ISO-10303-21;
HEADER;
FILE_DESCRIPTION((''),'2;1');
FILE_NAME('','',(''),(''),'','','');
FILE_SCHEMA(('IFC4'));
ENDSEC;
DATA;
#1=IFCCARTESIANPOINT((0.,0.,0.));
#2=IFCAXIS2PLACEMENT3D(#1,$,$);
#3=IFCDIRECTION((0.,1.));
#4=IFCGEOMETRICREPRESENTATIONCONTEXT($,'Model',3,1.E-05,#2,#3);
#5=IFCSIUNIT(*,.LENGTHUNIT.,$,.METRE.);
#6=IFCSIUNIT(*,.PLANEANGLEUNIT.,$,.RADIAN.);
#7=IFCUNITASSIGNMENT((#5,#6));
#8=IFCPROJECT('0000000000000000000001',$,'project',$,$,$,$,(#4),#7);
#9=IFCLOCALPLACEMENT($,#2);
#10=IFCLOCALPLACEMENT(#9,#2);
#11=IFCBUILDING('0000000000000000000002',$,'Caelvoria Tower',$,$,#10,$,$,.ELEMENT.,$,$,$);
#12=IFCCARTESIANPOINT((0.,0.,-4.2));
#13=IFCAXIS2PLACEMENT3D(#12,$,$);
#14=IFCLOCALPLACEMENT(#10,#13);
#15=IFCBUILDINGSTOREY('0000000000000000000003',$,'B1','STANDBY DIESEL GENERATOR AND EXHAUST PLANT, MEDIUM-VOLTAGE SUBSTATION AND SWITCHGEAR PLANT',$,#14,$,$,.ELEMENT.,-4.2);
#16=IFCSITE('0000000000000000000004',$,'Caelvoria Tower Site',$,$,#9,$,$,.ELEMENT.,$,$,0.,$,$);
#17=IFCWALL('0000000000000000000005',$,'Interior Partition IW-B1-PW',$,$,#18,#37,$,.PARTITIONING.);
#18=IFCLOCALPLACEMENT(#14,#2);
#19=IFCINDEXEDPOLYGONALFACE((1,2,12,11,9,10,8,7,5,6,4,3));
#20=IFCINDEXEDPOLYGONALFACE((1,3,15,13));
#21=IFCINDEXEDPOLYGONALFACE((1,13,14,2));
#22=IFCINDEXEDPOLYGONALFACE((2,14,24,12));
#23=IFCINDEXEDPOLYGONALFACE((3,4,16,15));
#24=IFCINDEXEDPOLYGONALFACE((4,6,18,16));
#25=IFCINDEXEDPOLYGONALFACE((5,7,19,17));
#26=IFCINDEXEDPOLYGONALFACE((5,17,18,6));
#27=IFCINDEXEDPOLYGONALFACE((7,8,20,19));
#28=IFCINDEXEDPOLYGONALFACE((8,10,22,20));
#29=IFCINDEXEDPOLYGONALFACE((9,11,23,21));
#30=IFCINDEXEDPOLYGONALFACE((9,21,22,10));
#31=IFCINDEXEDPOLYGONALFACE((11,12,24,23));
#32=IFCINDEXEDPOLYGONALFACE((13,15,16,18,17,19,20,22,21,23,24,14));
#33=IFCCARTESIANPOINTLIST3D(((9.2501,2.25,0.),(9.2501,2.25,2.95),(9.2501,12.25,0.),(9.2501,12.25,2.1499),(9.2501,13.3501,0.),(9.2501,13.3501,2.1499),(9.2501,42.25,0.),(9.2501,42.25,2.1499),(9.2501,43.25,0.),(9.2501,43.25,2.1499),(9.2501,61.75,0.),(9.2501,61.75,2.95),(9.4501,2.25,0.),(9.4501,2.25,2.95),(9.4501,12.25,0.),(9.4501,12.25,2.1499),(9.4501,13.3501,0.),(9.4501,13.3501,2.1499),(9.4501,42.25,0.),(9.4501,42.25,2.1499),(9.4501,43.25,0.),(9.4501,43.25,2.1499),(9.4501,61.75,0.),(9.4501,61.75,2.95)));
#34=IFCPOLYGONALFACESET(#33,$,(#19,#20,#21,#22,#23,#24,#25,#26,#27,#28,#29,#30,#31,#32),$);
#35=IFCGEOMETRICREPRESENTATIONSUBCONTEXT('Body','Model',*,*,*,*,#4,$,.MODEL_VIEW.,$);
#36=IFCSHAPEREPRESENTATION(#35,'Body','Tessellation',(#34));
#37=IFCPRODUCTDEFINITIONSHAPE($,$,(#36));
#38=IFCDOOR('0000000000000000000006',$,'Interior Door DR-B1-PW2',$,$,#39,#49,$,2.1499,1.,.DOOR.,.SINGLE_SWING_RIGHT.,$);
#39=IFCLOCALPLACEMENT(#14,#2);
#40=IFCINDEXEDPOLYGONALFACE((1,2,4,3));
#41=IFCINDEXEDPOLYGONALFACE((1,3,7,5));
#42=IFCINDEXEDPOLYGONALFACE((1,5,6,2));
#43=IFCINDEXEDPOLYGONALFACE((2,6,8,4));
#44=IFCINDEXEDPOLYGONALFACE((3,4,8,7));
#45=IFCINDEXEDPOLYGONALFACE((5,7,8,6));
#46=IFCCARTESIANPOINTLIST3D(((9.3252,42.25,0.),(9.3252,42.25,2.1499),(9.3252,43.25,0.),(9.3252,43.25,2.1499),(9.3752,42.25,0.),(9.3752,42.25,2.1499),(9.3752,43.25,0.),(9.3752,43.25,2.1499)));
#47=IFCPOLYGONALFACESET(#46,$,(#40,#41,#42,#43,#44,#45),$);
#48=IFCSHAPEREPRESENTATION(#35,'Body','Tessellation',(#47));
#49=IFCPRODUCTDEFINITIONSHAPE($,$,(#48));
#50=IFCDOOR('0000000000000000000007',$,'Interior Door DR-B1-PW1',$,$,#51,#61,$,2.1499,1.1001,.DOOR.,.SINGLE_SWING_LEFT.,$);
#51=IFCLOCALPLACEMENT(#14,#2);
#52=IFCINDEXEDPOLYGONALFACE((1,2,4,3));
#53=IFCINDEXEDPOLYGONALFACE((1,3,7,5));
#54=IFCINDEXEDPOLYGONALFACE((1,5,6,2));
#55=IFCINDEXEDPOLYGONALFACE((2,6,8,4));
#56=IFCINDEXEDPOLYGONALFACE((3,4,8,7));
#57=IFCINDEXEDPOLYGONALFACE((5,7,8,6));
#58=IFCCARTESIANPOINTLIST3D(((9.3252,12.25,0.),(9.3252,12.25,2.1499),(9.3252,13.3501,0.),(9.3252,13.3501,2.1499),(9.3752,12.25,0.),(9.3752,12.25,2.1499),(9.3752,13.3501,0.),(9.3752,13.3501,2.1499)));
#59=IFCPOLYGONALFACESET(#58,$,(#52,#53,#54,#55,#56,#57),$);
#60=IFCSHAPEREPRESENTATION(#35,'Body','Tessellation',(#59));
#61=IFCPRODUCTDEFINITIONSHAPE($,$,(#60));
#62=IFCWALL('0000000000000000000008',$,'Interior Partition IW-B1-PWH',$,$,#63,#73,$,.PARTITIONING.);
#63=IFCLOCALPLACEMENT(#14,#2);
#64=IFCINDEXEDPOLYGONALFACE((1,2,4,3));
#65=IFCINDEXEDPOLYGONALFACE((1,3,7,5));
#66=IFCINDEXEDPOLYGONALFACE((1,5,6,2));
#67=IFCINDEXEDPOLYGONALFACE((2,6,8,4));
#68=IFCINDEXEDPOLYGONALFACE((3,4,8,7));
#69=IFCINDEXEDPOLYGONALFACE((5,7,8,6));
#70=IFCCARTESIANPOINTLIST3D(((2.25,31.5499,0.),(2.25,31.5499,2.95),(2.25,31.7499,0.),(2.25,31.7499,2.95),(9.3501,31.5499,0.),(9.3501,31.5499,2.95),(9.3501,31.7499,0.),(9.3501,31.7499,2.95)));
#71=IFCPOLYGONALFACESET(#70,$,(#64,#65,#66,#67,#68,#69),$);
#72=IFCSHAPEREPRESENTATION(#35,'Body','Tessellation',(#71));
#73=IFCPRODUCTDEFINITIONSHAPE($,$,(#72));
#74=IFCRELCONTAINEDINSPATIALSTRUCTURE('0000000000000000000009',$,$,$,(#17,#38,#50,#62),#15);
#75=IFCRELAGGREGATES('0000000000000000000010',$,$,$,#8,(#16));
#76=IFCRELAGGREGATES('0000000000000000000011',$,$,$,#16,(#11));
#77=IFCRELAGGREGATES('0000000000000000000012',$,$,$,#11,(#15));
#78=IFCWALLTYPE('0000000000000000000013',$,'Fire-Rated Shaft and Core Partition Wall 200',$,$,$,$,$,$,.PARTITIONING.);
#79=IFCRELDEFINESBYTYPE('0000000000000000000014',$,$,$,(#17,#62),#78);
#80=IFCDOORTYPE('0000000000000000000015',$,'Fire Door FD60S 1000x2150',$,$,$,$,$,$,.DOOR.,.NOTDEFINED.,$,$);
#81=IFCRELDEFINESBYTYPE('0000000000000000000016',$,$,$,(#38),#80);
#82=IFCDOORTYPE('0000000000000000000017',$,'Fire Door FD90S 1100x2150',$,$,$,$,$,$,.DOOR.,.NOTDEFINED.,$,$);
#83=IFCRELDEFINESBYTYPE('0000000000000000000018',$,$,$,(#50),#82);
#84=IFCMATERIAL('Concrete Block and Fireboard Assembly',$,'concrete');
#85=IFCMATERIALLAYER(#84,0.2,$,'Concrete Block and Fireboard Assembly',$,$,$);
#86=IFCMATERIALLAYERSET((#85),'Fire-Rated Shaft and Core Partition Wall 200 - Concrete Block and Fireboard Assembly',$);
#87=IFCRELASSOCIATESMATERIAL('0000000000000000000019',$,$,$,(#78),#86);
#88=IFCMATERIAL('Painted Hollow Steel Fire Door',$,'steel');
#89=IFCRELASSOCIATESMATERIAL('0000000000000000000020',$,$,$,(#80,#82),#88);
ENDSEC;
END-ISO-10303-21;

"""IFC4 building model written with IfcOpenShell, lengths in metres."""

from ifc_helpers import new_model, si_unit, direction, frame, frame_2d, origin, place, context, subcontext, project, spatial, rectangle, extrude, material, layer, layer_set, type_object, element, fill, save


model = new_model("IFC4")

# Units and contexts
model_context = context("Model", 3, precision=1e-05, world=origin(), true_north=direction((0.0, 1.0)))
body_context = subcontext(model_context, "Body", "Model", "MODEL_VIEW")
ifc_project = project(units=[si_unit("LENGTHUNIT", "METRE"), si_unit("PLANEANGLEUNIT", "RADIAN")], contexts=[model_context])

# Site, building, storey
site_placement = place(None, origin())
site = spatial("IfcSite", under=ifc_project, at=site_placement, Name="Caelvoria Tower Site", CompositionType="ELEMENT", RefElevation=0.0)
building_placement = place(site_placement, origin())
building = spatial("IfcBuilding", under=site, at=building_placement, Name="Caelvoria Tower", CompositionType="ELEMENT")
storey_placement = place(building_placement, frame((0.0, 0.0, -4.2)))
storey = spatial("IfcBuildingStorey", under=building, at=storey_placement, Name="B1", Description="STANDBY DIESEL GENERATOR AND EXHAUST PLANT, MEDIUM-VOLTAGE SUBSTATION AND SWITCHGEAR PLANT", CompositionType="ELEMENT", Elevation=-4.2)

# Wall, openings, doors
ifc_material_1 = material(Name="Concrete Block and Fireboard Assembly", Category="concrete")
ifc_layer_1 = layer(ifc_material_1, 0.2, Name="Concrete Block and Fireboard Assembly")
ifc_layer_set_1 = layer_set([ifc_layer_1], Name="Fire-Rated Shaft and Core Partition Wall 200 - Concrete Block and Fireboard Assembly")
wall_type_1 = type_object("IfcWallType", Name="Fire-Rated Shaft and Core Partition Wall 200", PredefinedType="PARTITIONING", material=ifc_layer_set_1)
wall_1_placement = place(storey_placement, frame((9.3501, 2.25, 0.0), z_axis=(0.0, 0.0, 1.0), x_axis=(0.0, 1.0, 0.0)))
wall_1 = element("IfcWall", 1, at=wall_1_placement, inside=storey, type_object=wall_type_1, Name="Interior Partition IW-B1-PW", PredefinedType="PARTITIONING", context=body_context, shape_type="SweptSolid", body=[
    extrude(rectangle(XDim=59.5, YDim=0.2, at=frame_2d((29.75, 0.0))), origin(), (0.0, 0.0, 1.0), 2.95),
])
opening_1_placement = place(wall_1_placement, frame((10.0, 0.0, 0.0)))
opening_1 = element("IfcOpeningElement", 2, at=opening_1_placement, cuts=wall_1, PredefinedType="OPENING", context=body_context, shape_type="SweptSolid", body=[
    extrude(rectangle(XDim=1.1001, YDim=2.1499, at=frame_2d((0.55, 1.075))), frame((0.0, 0.1099, 0.0), z_axis=(0.0, -1.0, 0.0), x_axis=(1.0, 0.0, 0.0)), (0.0, 0.0, 1.0), 0.22),
])
opening_2_placement = place(wall_1_placement, frame((40.0, 0.0, 0.0)))
opening_2 = element("IfcOpeningElement", 3, at=opening_2_placement, cuts=wall_1, PredefinedType="OPENING", context=body_context, shape_type="SweptSolid", body=[
    extrude(rectangle(XDim=1.0, YDim=2.1499, at=frame_2d((0.5, 1.075))), frame((0.0, 0.1099, 0.0), z_axis=(0.0, -1.0, 0.0), x_axis=(1.0, 0.0, 0.0)), (0.0, 0.0, 1.0), 0.22),
])
ifc_material_2 = material(Name="Painted Hollow Steel Fire Door", Category="steel")
door_type_1 = type_object("IfcDoorType", Name="Fire Door FD60S 1000x2150", OperationType="NOTDEFINED", PredefinedType="DOOR", material=ifc_material_2)
door_1_placement = place(opening_2_placement, origin())
door_1 = element("IfcDoor", 4, at=door_1_placement, inside=storey, type_object=door_type_1, Name="Interior Door DR-B1-PW2", OperationType="SINGLE_SWING_RIGHT", OverallHeight=2.1499, OverallWidth=1.0, PredefinedType="DOOR", context=body_context, shape_type="SweptSolid", body=[
    extrude(rectangle(XDim=1.0, YDim=2.1499, at=frame_2d((0.5, 1.075))), frame((0.0, 0.0249, 0.0), z_axis=(0.0, -1.0, 0.0), x_axis=(1.0, 0.0, 0.0)), (0.0, 0.0, 1.0), 0.05),
])
fill(opening_2, door_1)
door_type_2 = type_object("IfcDoorType", Name="Fire Door FD90S 1100x2150", OperationType="NOTDEFINED", PredefinedType="DOOR", material=ifc_material_2)
door_2_placement = place(opening_1_placement, origin())
door_2 = element("IfcDoor", 5, at=door_2_placement, inside=storey, type_object=door_type_2, Name="Interior Door DR-B1-PW1", OperationType="SINGLE_SWING_LEFT", OverallHeight=2.1499, OverallWidth=1.1001, PredefinedType="DOOR", context=body_context, shape_type="SweptSolid", body=[
    extrude(rectangle(XDim=1.1001, YDim=2.1499, at=frame_2d((0.55, 1.075))), frame((0.0, 0.0249, 0.0), z_axis=(0.0, -1.0, 0.0), x_axis=(1.0, 0.0, 0.0)), (0.0, 0.0, 1.0), 0.05),
])
fill(opening_1, door_2)

# Wall
wall_2_placement = place(storey_placement, frame((2.25, 31.6499, 0.0), z_axis=(0.0, 0.0, 1.0), x_axis=(1.0, 0.0, 0.0)))
element("IfcWall", 6, at=wall_2_placement, inside=storey, type_object=wall_type_1, Name="Interior Partition IW-B1-PWH", PredefinedType="PARTITIONING", context=body_context, shape_type="SweptSolid", body=[
    extrude(rectangle(XDim=7.1001, YDim=0.2, at=frame_2d((3.55, 0.0))), origin(), (0.0, 0.0, 1.0), 2.95),
])

save(model, "model.ifc")
